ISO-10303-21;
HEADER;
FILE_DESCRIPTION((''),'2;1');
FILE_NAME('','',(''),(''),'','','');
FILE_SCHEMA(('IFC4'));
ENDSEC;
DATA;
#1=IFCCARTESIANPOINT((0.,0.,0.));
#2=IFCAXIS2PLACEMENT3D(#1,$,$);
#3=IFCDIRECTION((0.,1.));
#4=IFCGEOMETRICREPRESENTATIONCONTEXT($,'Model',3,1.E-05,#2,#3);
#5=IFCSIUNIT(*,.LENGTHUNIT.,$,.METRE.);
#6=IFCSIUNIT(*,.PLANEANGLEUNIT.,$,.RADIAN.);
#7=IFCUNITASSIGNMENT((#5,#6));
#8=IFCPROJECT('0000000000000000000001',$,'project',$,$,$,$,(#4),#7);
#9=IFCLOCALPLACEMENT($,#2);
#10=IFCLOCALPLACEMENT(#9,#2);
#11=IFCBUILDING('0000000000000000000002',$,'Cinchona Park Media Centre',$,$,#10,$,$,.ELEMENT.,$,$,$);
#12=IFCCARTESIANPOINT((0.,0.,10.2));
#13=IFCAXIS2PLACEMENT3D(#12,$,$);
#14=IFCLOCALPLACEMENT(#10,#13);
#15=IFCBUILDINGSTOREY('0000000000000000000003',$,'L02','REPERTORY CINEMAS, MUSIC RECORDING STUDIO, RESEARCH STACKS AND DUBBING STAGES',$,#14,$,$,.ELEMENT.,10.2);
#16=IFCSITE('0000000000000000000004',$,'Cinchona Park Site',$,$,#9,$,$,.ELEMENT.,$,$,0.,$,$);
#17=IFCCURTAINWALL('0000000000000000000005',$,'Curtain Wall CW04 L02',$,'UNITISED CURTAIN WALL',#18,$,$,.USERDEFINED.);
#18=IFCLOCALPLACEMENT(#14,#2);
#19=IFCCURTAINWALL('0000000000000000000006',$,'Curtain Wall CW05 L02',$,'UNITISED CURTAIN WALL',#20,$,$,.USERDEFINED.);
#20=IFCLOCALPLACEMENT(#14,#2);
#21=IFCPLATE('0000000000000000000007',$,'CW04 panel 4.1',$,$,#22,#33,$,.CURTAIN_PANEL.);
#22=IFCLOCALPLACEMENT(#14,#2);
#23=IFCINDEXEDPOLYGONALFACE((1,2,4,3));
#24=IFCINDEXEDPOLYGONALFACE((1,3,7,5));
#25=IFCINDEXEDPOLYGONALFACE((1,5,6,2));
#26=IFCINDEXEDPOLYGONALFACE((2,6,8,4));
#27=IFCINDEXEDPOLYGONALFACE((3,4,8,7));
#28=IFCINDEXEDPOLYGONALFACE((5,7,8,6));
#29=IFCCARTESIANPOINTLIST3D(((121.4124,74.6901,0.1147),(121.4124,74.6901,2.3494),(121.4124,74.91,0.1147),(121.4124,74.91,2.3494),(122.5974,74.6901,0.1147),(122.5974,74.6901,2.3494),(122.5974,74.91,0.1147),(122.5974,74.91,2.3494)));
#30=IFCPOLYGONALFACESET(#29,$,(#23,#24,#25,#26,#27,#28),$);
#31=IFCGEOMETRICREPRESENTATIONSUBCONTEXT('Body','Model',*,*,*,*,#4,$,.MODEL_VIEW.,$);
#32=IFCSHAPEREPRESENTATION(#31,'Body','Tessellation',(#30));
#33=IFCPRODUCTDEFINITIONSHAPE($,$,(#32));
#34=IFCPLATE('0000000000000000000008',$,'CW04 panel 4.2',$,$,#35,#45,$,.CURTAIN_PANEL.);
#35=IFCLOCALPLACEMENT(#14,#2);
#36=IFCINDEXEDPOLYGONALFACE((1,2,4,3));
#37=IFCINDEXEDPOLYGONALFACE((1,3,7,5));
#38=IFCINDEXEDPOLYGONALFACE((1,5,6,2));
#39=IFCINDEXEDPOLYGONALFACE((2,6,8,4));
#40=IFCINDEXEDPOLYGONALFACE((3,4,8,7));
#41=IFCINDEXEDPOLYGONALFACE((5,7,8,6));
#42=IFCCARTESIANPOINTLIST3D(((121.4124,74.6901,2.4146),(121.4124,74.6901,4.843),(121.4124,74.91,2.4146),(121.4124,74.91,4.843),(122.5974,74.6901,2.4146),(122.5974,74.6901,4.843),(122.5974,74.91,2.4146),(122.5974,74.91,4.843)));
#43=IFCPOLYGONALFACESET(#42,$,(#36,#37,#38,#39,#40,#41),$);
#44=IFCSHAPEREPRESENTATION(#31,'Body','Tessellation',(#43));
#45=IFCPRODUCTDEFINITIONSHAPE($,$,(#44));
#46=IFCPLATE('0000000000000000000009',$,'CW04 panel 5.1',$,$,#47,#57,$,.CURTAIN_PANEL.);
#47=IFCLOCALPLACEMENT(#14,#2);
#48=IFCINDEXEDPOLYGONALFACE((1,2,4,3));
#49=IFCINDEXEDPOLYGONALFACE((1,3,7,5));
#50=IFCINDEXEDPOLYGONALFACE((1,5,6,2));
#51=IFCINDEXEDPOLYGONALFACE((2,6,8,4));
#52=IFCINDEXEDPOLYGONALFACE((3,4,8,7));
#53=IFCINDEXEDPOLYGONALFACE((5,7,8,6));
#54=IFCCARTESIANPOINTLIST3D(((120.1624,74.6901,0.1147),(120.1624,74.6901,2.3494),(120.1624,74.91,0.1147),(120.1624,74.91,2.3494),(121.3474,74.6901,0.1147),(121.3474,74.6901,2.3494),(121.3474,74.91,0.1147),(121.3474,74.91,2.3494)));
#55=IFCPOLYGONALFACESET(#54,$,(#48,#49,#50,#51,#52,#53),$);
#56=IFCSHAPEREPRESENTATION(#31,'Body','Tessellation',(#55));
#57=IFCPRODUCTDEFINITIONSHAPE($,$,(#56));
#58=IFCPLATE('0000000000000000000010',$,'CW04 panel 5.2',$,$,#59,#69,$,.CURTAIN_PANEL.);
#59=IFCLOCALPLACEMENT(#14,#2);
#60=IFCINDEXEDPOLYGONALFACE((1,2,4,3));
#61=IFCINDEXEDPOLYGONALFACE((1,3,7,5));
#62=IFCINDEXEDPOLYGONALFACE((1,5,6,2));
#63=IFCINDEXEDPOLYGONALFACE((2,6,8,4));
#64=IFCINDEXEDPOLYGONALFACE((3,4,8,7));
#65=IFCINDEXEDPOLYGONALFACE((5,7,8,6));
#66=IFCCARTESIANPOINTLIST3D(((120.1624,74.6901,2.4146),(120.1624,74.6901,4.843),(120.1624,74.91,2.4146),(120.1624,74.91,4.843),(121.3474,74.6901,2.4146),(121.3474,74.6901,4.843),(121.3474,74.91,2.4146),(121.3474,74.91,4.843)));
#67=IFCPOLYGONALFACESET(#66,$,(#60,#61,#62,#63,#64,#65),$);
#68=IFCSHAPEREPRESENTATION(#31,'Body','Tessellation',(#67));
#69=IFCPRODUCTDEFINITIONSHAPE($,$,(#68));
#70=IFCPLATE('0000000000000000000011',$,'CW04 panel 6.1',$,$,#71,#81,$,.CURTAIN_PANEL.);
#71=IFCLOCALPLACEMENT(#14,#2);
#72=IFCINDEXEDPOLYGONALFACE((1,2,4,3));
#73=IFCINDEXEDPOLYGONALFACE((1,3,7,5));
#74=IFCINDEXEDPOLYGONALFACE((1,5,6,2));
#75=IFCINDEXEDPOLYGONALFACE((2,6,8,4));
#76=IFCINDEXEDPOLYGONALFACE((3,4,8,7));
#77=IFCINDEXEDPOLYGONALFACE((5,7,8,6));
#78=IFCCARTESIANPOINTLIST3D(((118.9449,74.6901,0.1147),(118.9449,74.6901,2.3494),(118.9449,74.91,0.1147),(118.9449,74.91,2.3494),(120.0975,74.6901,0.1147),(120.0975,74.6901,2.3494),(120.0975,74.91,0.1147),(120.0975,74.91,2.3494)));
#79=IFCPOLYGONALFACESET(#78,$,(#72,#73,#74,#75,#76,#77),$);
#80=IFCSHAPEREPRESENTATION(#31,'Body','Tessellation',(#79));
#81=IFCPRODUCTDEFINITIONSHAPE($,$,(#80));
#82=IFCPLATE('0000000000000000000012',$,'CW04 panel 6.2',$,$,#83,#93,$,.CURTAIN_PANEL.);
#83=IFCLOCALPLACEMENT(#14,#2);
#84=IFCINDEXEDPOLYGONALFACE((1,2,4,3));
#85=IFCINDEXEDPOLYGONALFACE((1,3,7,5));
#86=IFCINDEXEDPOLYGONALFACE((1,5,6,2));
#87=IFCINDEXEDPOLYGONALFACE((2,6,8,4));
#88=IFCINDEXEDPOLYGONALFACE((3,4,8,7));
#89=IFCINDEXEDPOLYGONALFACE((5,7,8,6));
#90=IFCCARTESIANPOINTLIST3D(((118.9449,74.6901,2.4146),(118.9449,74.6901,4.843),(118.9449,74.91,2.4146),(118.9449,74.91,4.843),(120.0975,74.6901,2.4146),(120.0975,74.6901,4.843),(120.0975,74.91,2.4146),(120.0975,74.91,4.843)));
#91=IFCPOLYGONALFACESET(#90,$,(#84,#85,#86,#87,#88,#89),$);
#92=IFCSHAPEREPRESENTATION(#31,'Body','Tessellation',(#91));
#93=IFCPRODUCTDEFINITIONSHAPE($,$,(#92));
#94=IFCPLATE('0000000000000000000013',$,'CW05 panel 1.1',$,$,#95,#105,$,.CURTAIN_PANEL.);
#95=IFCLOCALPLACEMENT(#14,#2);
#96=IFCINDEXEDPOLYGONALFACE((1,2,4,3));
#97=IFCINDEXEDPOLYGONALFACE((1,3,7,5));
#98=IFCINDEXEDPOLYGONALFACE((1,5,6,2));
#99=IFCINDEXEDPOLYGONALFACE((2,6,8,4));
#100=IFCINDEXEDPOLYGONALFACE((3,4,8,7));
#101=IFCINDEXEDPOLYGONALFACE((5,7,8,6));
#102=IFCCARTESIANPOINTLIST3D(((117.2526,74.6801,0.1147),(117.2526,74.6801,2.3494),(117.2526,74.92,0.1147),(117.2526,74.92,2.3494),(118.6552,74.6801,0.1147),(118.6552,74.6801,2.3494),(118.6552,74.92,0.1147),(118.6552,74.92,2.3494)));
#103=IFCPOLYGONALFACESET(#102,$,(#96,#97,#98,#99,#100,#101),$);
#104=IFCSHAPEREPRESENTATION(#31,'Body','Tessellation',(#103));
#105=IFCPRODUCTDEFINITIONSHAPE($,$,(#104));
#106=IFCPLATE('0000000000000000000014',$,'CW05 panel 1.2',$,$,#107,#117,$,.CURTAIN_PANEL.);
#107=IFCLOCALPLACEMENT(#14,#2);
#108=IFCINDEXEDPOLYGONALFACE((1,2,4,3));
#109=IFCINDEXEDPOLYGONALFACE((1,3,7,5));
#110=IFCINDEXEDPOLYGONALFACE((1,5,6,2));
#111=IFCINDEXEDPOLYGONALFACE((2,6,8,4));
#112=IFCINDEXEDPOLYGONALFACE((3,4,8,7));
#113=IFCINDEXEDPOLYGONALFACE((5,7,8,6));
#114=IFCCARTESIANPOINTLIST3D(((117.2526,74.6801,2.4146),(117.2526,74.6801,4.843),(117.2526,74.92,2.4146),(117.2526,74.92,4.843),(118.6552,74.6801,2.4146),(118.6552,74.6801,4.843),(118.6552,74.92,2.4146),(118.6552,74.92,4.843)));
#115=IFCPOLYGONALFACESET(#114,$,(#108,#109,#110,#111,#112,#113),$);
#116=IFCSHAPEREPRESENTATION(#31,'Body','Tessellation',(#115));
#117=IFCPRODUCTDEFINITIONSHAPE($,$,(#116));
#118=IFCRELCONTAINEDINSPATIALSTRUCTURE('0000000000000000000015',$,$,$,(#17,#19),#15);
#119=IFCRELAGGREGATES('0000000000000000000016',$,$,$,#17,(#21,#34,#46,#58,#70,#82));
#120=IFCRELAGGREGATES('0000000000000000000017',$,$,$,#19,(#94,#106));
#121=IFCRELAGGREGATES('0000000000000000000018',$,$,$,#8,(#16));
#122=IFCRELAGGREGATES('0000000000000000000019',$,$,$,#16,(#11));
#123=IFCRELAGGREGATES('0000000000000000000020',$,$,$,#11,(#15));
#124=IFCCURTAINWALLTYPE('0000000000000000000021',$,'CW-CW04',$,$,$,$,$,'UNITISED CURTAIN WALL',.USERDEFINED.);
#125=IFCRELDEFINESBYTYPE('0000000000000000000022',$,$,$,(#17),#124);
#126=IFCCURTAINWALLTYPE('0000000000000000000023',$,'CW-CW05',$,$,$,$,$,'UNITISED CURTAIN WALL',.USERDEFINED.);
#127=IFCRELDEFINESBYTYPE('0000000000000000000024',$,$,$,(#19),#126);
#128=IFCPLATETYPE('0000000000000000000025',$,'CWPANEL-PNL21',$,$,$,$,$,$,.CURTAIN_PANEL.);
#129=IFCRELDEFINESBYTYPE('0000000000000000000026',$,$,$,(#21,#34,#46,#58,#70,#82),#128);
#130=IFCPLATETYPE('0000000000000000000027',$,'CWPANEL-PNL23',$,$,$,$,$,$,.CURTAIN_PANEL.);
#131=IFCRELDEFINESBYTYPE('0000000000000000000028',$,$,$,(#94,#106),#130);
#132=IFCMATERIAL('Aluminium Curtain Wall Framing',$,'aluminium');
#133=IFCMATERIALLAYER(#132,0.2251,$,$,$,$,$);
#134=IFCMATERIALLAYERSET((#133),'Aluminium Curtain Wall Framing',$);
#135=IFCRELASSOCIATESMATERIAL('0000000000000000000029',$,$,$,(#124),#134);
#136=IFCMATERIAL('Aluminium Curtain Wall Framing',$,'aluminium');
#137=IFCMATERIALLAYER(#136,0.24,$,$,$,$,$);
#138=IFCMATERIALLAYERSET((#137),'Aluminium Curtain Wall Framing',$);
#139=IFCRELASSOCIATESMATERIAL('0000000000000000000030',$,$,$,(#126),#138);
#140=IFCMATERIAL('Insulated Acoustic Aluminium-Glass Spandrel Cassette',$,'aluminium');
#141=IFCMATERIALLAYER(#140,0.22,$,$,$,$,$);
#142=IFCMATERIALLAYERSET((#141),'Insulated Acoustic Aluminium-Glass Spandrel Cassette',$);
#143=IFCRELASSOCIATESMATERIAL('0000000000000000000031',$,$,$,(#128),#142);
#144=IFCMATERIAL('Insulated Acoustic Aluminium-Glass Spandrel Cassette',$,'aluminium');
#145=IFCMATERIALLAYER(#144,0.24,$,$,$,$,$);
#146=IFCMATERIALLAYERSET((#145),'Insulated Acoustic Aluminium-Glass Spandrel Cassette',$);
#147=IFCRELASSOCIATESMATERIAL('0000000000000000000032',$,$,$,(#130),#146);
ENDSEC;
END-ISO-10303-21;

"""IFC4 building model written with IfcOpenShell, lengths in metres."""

from ifc_helpers import new_model, si_unit, direction, frame, origin, origin_2d, place, context, subcontext, project, spatial, rectangle, extrude, material, layer, layer_set, type_object, element, aggregate, save


model = new_model("IFC4")

# Units and contexts
model_context = context("Model", 3, precision=1e-05, world=origin(), true_north=direction((0.0, 1.0)))
body_context = subcontext(model_context, "Body", "Model", "MODEL_VIEW")
ifc_project = project(units=[si_unit("LENGTHUNIT", "METRE"), si_unit("PLANEANGLEUNIT", "RADIAN")], contexts=[model_context])

# Site, building, storey
site_placement = place(None, origin())
site = spatial("IfcSite", under=ifc_project, at=site_placement, Name="Cinchona Park Site", CompositionType="ELEMENT", RefElevation=0.0)
building_placement = place(site_placement, origin())
building = spatial("IfcBuilding", under=site, at=building_placement, Name="Cinchona Park Media Centre", CompositionType="ELEMENT")
storey_placement = place(building_placement, frame((0.0, 0.0, 10.2)))
storey = spatial("IfcBuildingStorey", under=building, at=storey_placement, Name="L02", Description="REPERTORY CINEMAS, MUSIC RECORDING STUDIO, RESEARCH STACKS AND DUBBING STAGES", CompositionType="ELEMENT", Elevation=10.2)

# Curtain walls
ifc_material_1 = material(Name="Aluminium Curtain Wall Framing", Category="aluminium")
ifc_layer_1 = layer(ifc_material_1, 0.2251)
ifc_layer_set_1 = layer_set([ifc_layer_1], Name="Aluminium Curtain Wall Framing")
curtain_wall_type_1 = type_object("IfcCurtainWallType", Name="CW-CW04", ElementType="UNITISED CURTAIN WALL", PredefinedType="USERDEFINED", material=ifc_layer_set_1)
curtain_wall_1_placement = place(storey_placement, origin())
curtain_wall_1 = element("IfcCurtainWall", 1, at=curtain_wall_1_placement, inside=storey, type_object=curtain_wall_type_1, Name="Curtain Wall CW04 L02", ObjectType="UNITISED CURTAIN WALL", PredefinedType="USERDEFINED")
ifc_material_2 = material(Name="Aluminium Curtain Wall Framing", Category="aluminium")
ifc_layer_2 = layer(ifc_material_2, 0.24)
ifc_layer_set_2 = layer_set([ifc_layer_2], Name="Aluminium Curtain Wall Framing")
curtain_wall_type_2 = type_object("IfcCurtainWallType", Name="CW-CW05", ElementType="UNITISED CURTAIN WALL", PredefinedType="USERDEFINED", material=ifc_layer_set_2)
curtain_wall_2_placement = place(storey_placement, origin())
curtain_wall_2 = element("IfcCurtainWall", 2, at=curtain_wall_2_placement, inside=storey, type_object=curtain_wall_type_2, Name="Curtain Wall CW05 L02", ObjectType="UNITISED CURTAIN WALL", PredefinedType="USERDEFINED")

# Plates
ifc_material_3 = material(Name="Insulated Acoustic Aluminium-Glass Spandrel Cassette", Category="aluminium")
ifc_layer_3 = layer(ifc_material_3, 0.22)
ifc_layer_set_3 = layer_set([ifc_layer_3], Name="Insulated Acoustic Aluminium-Glass Spandrel Cassette")
plate_type_1 = type_object("IfcPlateType", Name="CWPANEL-PNL21", PredefinedType="CURTAIN_PANEL", material=ifc_layer_set_3)
plate_1_placement = place(storey_placement, frame((122.0049, 74.8, 0.1147), z_axis=(0.0, 0.0, 1.0), x_axis=(-1.0, 0.0, 0.0)))
plate_1 = element("IfcPlate", 3, at=plate_1_placement, type_object=plate_type_1, Name="CW04 panel 4.1", PredefinedType="CURTAIN_PANEL", context=body_context, shape_type="SweptSolid", body=[
    extrude(rectangle(XDim=1.1851, YDim=0.22, at=origin_2d()), origin(), (0.0, 0.0, 1.0), 2.2346),
])
plate_2_placement = place(storey_placement, frame((122.0049, 74.8, 2.4146), z_axis=(0.0, 0.0, 1.0), x_axis=(-1.0, 0.0, 0.0)))
plate_2 = element("IfcPlate", 4, at=plate_2_placement, type_object=plate_type_1, Name="CW04 panel 4.2", PredefinedType="CURTAIN_PANEL", context=body_context, shape_type="SweptSolid", body=[
    extrude(rectangle(XDim=1.1851, YDim=0.22, at=origin_2d()), origin(), (0.0, 0.0, 1.0), 2.4285),
])
plate_3_placement = place(storey_placement, frame((120.7549, 74.8, 0.1147), z_axis=(0.0, 0.0, 1.0), x_axis=(-1.0, 0.0, 0.0)))
plate_3 = element("IfcPlate", 5, at=plate_3_placement, type_object=plate_type_1, Name="CW04 panel 5.1", PredefinedType="CURTAIN_PANEL", context=body_context, shape_type="SweptSolid", body=[
    extrude(rectangle(XDim=1.1851, YDim=0.22, at=origin_2d()), origin(), (0.0, 0.0, 1.0), 2.2346),
])
plate_4_placement = place(storey_placement, frame((120.7549, 74.8, 2.4146), z_axis=(0.0, 0.0, 1.0), x_axis=(-1.0, 0.0, 0.0)))
plate_4 = element("IfcPlate", 6, at=plate_4_placement, type_object=plate_type_1, Name="CW04 panel 5.2", PredefinedType="CURTAIN_PANEL", context=body_context, shape_type="SweptSolid", body=[
    extrude(rectangle(XDim=1.1851, YDim=0.22, at=origin_2d()), origin(), (0.0, 0.0, 1.0), 2.4285),
])
plate_5_placement = place(storey_placement, frame((119.5212, 74.8, 0.1147), z_axis=(0.0, 0.0, 1.0), x_axis=(-1.0, 0.0, 0.0)))
plate_5 = element("IfcPlate", 7, at=plate_5_placement, type_object=plate_type_1, Name="CW04 panel 6.1", PredefinedType="CURTAIN_PANEL", context=body_context, shape_type="SweptSolid", body=[
    extrude(rectangle(XDim=1.1526, YDim=0.22, at=origin_2d()), origin(), (0.0, 0.0, 1.0), 2.2346),
])
plate_6_placement = place(storey_placement, frame((119.5212, 74.8, 2.4146), z_axis=(0.0, 0.0, 1.0), x_axis=(-1.0, 0.0, 0.0)))
plate_6 = element("IfcPlate", 8, at=plate_6_placement, type_object=plate_type_1, Name="CW04 panel 6.2", PredefinedType="CURTAIN_PANEL", context=body_context, shape_type="SweptSolid", body=[
    extrude(rectangle(XDim=1.1526, YDim=0.22, at=origin_2d()), origin(), (0.0, 0.0, 1.0), 2.4285),
])
aggregate(curtain_wall_1, [plate_1, plate_2, plate_3, plate_4, plate_5, plate_6])
ifc_material_4 = material(Name="Insulated Acoustic Aluminium-Glass Spandrel Cassette", Category="aluminium")
ifc_layer_4 = layer(ifc_material_4, 0.24)
ifc_layer_set_4 = layer_set([ifc_layer_4], Name="Insulated Acoustic Aluminium-Glass Spandrel Cassette")
plate_type_2 = type_object("IfcPlateType", Name="CWPANEL-PNL23", PredefinedType="CURTAIN_PANEL", material=ifc_layer_set_4)
plate_7_placement = place(storey_placement, frame((117.9539, 74.8, 0.1147), z_axis=(0.0, 0.0, 1.0), x_axis=(-1.0, 0.0, 0.0)))
plate_7 = element("IfcPlate", 9, at=plate_7_placement, type_object=plate_type_2, Name="CW05 panel 1.1", PredefinedType="CURTAIN_PANEL", context=body_context, shape_type="SweptSolid", body=[
    extrude(rectangle(XDim=1.4026, YDim=0.24, at=origin_2d()), origin(), (0.0, 0.0, 1.0), 2.2346),
])
plate_8_placement = place(storey_placement, frame((117.9539, 74.8, 2.4146), z_axis=(0.0, 0.0, 1.0), x_axis=(-1.0, 0.0, 0.0)))
plate_8 = element("IfcPlate", 10, at=plate_8_placement, type_object=plate_type_2, Name="CW05 panel 1.2", PredefinedType="CURTAIN_PANEL", context=body_context, shape_type="SweptSolid", body=[
    extrude(rectangle(XDim=1.4026, YDim=0.24, at=origin_2d()), origin(), (0.0, 0.0, 1.0), 2.4285),
])
aggregate(curtain_wall_2, [plate_7, plate_8])

save(model, "model.ifc")
